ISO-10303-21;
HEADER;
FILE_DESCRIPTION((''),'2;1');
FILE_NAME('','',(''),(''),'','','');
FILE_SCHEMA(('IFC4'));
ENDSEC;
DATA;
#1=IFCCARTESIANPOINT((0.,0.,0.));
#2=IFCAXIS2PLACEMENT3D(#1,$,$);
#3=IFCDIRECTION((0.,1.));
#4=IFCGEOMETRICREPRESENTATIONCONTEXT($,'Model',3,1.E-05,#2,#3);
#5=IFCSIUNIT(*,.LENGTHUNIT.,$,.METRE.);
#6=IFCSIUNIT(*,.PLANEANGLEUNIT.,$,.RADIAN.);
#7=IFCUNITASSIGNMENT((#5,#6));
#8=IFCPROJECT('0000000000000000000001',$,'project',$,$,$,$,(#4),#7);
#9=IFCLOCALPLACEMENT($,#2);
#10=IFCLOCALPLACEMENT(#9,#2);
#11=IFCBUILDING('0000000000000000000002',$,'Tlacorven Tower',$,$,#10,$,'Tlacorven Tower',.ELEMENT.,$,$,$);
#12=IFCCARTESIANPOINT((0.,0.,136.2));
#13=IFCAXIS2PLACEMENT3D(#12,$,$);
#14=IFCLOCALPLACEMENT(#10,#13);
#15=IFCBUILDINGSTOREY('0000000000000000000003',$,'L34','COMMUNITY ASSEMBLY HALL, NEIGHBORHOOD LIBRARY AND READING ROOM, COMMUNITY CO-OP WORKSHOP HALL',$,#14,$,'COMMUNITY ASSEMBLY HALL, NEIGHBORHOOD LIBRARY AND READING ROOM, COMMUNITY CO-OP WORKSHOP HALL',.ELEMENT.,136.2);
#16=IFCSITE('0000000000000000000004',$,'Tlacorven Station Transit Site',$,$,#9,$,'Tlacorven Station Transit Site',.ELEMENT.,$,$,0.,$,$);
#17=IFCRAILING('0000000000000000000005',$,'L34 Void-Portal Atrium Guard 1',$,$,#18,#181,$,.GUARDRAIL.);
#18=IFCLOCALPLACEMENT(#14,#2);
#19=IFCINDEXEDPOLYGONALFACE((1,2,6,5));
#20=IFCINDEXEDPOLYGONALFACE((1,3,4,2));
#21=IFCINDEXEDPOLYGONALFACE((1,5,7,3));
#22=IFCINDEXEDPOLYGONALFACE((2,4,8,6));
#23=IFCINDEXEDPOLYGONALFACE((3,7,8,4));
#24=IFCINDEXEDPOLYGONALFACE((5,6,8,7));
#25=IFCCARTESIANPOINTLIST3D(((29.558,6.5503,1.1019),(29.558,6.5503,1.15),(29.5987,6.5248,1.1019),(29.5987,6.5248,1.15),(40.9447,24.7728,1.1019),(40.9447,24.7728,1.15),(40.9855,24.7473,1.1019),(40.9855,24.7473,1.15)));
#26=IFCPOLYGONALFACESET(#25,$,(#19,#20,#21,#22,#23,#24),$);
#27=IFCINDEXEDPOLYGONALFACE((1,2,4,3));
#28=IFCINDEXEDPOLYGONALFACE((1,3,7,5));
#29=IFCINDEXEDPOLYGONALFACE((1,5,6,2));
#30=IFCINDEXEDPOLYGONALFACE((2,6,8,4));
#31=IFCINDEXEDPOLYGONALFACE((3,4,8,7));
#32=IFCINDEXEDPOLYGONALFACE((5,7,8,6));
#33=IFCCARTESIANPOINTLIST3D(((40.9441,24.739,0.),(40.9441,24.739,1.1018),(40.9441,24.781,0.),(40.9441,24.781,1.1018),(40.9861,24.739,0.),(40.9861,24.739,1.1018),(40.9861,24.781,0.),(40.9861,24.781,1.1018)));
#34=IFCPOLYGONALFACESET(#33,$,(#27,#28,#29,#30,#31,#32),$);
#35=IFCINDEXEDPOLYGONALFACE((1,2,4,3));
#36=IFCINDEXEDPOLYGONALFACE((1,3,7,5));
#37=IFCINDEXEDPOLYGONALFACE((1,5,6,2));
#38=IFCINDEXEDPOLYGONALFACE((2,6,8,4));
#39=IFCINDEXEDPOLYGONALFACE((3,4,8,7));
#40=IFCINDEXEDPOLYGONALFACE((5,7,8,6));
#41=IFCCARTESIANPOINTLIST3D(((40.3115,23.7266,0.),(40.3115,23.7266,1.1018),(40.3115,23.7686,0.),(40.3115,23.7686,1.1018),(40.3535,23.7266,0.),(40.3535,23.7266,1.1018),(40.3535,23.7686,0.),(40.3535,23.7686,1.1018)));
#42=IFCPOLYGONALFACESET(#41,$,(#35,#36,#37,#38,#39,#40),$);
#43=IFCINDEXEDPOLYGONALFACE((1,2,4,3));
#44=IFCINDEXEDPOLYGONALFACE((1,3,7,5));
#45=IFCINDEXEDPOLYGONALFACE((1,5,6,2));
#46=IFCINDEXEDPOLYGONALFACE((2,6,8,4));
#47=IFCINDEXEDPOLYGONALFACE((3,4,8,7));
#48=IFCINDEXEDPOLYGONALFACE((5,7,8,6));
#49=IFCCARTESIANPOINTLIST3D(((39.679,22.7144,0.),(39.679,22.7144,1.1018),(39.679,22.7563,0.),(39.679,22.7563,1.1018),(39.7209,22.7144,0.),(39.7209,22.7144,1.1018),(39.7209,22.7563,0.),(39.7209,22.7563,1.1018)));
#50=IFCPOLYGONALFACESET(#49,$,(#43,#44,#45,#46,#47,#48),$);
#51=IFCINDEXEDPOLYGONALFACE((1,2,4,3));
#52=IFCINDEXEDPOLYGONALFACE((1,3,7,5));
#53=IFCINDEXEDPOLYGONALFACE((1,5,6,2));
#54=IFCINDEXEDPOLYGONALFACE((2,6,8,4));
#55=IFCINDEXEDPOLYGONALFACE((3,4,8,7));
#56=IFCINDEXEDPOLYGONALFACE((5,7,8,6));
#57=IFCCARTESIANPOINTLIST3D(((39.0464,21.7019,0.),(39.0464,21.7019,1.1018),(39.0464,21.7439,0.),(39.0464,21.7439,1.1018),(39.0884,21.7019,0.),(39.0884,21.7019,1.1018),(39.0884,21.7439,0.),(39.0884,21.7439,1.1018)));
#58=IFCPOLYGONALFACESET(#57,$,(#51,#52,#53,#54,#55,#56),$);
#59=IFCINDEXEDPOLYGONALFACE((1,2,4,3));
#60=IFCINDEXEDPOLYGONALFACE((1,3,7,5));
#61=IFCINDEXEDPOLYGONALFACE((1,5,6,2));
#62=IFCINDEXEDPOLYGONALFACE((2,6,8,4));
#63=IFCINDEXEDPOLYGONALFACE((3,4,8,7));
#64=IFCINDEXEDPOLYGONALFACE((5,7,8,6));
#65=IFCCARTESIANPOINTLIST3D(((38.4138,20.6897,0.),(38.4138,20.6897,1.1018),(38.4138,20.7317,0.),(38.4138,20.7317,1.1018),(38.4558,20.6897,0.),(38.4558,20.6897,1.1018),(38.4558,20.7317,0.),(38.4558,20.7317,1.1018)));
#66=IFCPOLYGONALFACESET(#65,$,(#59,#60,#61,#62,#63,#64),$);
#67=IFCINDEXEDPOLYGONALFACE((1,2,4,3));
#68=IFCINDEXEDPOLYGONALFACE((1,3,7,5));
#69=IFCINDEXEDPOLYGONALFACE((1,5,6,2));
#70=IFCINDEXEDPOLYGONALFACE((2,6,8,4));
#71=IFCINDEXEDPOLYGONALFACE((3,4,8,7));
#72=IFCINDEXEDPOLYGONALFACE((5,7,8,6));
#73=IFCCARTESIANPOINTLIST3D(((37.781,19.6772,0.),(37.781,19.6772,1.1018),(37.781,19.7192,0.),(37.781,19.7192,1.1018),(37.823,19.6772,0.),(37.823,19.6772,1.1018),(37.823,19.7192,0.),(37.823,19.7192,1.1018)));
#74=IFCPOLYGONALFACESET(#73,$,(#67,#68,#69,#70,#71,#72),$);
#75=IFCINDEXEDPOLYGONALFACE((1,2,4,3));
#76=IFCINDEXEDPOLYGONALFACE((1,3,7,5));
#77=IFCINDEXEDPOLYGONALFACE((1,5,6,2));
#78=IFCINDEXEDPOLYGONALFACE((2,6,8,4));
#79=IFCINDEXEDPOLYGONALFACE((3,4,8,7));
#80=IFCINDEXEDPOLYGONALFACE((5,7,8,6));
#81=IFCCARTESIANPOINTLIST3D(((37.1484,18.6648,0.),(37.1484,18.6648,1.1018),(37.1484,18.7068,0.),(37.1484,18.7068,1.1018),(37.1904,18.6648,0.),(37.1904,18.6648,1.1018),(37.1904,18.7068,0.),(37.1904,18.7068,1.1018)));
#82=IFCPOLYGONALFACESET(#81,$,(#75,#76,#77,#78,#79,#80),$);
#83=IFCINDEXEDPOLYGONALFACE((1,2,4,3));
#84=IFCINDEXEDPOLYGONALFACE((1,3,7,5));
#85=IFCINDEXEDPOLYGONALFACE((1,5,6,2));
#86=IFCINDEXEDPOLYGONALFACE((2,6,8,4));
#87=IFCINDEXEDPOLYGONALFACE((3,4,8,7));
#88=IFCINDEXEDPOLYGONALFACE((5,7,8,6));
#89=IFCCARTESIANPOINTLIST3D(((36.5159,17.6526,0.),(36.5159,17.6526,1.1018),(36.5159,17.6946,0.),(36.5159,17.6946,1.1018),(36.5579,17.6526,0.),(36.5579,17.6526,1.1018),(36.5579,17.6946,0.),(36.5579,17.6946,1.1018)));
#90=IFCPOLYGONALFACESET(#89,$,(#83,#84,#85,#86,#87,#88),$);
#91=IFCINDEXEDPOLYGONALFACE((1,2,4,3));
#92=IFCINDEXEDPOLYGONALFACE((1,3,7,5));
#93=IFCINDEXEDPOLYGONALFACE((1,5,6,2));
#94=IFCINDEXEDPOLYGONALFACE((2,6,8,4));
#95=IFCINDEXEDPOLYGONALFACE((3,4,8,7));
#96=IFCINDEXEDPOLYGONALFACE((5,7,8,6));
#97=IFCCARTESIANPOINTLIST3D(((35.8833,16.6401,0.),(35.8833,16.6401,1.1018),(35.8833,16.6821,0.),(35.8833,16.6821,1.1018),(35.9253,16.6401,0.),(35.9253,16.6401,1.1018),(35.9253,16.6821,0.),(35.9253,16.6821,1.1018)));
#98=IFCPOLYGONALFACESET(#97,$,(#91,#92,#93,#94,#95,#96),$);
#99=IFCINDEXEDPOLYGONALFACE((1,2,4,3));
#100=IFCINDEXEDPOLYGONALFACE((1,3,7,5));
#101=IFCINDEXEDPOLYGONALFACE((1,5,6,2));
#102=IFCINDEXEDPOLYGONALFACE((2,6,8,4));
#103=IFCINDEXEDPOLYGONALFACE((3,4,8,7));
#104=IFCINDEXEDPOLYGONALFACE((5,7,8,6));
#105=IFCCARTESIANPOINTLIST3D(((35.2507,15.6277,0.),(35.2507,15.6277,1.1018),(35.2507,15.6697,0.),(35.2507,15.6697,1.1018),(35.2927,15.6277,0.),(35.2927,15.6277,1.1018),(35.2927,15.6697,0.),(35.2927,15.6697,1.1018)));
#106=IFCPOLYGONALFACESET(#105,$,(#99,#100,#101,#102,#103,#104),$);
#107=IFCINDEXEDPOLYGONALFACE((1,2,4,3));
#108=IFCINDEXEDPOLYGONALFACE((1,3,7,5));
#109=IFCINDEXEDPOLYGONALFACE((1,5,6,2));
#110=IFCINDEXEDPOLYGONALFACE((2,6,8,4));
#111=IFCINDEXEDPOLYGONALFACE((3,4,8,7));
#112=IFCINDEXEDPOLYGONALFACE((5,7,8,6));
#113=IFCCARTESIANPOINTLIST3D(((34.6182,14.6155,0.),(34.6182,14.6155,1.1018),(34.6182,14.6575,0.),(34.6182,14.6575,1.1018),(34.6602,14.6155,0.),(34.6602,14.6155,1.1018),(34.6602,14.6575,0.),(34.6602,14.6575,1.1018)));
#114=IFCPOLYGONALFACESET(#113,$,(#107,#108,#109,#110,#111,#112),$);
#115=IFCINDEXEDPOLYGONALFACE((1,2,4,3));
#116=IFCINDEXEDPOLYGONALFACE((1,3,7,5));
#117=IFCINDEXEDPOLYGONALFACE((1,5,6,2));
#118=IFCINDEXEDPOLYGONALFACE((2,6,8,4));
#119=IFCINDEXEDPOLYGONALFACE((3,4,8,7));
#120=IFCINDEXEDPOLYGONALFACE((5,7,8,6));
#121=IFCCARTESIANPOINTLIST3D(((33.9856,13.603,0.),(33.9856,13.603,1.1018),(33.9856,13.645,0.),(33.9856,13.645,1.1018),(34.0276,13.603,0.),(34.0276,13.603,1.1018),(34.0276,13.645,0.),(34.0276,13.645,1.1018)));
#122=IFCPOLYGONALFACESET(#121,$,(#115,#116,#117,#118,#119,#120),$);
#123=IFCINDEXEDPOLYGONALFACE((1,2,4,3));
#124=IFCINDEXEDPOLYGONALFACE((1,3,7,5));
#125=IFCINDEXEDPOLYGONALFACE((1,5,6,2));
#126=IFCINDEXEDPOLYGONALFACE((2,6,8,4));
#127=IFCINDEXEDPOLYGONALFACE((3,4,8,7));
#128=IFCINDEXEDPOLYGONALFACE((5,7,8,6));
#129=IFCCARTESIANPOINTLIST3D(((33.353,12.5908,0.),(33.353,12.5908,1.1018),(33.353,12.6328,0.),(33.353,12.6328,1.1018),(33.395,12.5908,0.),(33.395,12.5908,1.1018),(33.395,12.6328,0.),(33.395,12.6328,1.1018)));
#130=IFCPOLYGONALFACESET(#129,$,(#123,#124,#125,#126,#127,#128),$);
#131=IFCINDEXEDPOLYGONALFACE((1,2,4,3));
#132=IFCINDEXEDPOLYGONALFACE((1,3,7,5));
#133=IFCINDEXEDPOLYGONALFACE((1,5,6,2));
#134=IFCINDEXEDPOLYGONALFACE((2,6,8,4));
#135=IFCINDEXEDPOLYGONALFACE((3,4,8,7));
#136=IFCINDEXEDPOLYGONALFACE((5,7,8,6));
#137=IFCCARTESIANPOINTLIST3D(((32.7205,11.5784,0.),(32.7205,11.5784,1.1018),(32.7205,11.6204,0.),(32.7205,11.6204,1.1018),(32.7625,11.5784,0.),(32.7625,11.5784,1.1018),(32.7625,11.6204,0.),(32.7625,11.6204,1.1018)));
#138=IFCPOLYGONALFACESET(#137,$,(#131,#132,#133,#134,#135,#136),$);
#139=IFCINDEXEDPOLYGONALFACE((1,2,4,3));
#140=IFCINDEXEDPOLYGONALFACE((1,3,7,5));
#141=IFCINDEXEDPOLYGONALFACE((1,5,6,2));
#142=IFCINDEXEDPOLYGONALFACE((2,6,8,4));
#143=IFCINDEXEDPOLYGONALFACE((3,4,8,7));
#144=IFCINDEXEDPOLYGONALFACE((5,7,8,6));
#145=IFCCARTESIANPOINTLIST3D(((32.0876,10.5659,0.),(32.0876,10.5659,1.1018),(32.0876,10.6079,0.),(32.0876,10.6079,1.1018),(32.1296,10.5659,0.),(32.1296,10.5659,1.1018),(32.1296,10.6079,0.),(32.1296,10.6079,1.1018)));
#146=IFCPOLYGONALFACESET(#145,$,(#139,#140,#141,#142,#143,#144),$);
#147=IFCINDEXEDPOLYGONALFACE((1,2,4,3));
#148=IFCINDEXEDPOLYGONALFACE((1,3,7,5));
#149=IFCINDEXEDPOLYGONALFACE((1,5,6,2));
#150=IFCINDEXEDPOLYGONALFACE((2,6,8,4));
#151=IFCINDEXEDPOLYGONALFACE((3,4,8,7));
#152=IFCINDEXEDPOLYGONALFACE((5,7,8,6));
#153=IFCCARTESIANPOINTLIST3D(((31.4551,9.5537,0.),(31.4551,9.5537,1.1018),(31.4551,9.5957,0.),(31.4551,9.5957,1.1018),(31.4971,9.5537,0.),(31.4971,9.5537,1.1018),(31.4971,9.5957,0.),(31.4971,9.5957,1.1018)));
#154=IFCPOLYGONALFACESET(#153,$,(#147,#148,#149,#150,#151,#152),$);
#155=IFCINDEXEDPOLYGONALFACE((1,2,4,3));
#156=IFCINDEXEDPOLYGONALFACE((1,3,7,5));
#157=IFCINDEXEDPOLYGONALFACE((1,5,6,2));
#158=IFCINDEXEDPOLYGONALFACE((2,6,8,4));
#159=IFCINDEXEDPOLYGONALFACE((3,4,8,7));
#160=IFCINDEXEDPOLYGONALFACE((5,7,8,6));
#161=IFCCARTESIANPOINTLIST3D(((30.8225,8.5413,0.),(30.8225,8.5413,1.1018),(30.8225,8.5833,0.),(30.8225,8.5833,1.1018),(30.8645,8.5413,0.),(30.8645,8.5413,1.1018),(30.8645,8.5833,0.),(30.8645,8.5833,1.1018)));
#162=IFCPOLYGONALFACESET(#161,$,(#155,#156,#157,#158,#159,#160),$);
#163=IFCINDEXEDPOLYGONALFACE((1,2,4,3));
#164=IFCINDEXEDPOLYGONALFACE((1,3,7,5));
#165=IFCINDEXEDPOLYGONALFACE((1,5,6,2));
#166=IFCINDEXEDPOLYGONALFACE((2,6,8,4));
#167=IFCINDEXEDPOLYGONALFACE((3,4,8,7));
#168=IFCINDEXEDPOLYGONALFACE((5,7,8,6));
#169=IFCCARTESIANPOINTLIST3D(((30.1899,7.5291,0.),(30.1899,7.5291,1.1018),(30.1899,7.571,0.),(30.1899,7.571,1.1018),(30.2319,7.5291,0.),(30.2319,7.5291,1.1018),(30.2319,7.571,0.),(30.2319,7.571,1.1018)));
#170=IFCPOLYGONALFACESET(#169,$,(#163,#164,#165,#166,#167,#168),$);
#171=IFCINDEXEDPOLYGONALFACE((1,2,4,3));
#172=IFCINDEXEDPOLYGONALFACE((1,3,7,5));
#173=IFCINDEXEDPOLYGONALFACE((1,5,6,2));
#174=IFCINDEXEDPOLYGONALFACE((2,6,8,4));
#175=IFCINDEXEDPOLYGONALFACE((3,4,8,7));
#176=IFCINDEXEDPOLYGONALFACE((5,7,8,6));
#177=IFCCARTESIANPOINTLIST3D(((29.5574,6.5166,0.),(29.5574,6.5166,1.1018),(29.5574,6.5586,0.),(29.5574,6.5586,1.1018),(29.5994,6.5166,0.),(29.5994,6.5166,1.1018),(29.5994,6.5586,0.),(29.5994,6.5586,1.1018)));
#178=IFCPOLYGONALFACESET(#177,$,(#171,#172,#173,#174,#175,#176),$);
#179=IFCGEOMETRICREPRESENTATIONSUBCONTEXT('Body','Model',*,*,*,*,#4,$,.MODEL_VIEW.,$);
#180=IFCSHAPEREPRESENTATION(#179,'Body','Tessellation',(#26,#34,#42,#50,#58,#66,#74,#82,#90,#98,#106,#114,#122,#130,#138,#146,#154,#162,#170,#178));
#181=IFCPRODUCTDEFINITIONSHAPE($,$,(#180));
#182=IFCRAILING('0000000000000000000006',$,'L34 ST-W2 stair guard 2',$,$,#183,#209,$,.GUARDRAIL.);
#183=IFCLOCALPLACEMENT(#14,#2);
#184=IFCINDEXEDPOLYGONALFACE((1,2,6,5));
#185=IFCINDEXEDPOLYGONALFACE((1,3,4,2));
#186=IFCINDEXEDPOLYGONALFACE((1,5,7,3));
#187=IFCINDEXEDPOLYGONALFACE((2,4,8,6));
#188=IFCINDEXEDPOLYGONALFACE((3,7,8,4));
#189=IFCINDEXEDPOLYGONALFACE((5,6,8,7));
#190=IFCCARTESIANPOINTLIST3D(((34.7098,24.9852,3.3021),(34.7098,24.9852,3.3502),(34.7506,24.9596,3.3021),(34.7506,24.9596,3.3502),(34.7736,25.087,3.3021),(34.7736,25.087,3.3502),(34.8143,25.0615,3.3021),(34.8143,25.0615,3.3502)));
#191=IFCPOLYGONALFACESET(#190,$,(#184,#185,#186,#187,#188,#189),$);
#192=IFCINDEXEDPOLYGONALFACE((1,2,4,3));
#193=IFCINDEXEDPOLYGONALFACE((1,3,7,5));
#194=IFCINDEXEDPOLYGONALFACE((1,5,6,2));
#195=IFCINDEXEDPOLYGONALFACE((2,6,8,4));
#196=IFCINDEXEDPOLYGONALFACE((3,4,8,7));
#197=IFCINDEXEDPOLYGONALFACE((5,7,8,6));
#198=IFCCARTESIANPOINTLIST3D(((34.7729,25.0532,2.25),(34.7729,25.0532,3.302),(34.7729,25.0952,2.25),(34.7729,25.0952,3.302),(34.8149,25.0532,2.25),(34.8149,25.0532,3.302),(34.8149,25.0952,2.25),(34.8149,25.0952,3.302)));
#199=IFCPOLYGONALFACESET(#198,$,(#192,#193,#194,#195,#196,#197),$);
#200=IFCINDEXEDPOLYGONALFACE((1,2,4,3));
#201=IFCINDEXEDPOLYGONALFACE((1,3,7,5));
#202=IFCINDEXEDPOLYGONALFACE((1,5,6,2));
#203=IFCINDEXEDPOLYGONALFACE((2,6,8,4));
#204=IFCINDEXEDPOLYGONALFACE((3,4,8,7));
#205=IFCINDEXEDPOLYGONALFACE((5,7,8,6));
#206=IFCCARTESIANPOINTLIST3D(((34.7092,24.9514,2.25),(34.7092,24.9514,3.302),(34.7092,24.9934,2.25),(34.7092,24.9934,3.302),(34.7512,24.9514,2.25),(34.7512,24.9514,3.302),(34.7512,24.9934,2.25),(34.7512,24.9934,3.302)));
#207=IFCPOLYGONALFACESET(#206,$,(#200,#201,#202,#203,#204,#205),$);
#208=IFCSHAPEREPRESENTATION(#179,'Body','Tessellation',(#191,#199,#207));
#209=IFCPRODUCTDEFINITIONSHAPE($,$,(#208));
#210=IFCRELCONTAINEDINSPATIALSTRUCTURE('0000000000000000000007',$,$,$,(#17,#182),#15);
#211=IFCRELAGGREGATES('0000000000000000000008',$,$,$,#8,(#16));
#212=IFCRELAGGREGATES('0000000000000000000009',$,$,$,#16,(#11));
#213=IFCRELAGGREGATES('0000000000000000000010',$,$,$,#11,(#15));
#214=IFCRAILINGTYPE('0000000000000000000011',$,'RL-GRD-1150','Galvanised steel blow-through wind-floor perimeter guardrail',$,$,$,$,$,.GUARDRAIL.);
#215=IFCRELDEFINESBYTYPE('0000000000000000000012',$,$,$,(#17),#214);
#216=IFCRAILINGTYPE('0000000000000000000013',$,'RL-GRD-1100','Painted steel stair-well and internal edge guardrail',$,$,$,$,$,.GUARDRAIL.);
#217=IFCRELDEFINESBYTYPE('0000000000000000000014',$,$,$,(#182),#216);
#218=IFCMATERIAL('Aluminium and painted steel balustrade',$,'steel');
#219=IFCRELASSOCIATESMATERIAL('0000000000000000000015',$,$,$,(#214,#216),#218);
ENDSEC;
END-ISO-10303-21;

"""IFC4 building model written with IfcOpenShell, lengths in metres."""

from ifc_helpers import new_model, si_unit, direction, frame, origin, origin_2d, place, context, subcontext, project, spatial, rectangle, extrude, source, transform, mapped, material, type_object, element, save


model = new_model("IFC4")

# Units and contexts
model_context = context("Model", 3, precision=1e-05, world=origin(), true_north=direction((0.0, 1.0)))
body_context = subcontext(model_context, "Body", "Model", "MODEL_VIEW")
ifc_project = project(units=[si_unit("LENGTHUNIT", "METRE"), si_unit("PLANEANGLEUNIT", "RADIAN")], contexts=[model_context])

# Site, building, storey
site_placement = place(None, origin())
site = spatial("IfcSite", under=ifc_project, at=site_placement, Name="Tlacorven Station Transit Site", LongName="Tlacorven Station Transit Site", CompositionType="ELEMENT", RefElevation=0.0)
building_placement = place(site_placement, origin())
building = spatial("IfcBuilding", under=site, at=building_placement, Name="Tlacorven Tower", LongName="Tlacorven Tower", CompositionType="ELEMENT")
storey_placement = place(building_placement, frame((0.0, 0.0, 136.2)))
storey = spatial("IfcBuildingStorey", under=building, at=storey_placement, Name="L34", Description="COMMUNITY ASSEMBLY HALL, NEIGHBORHOOD LIBRARY AND READING ROOM, COMMUNITY CO-OP WORKSHOP HALL", LongName="COMMUNITY ASSEMBLY HALL, NEIGHBORHOOD LIBRARY AND READING ROOM, COMMUNITY CO-OP WORKSHOP HALL", CompositionType="ELEMENT", Elevation=136.2)

# Railings
ifc_material_1 = material(Name="Aluminium and painted steel balustrade", Category="steel")
railing_type_1 = type_object("IfcRailingType", Name="RL-GRD-1150", Description="Galvanised steel blow-through wind-floor perimeter guardrail", PredefinedType="GUARDRAIL", material=ifc_material_1)
shared_shape_1 = source(origin(), body_context, "Body", "SweptSolid", [
    extrude(rectangle(XDim=0.0481, YDim=0.0481, at=origin_2d()), frame((0.0, 0.0, 1.126), z_axis=(-0.529922, -0.848046, 0.0), x_axis=(0.848046, -0.529922, 0.0)), (0.0, 0.0, 1.0), 21.4875),
    extrude(rectangle(XDim=0.042, YDim=0.042, at=origin_2d()), origin(), (0.0, 0.0, 1.0), 1.1018),
    extrude(rectangle(XDim=0.042, YDim=0.042, at=origin_2d()), frame((-0.6326, -1.0125, 0.0)), (0.0, 0.0, 1.0), 1.1018),
    extrude(rectangle(XDim=0.042, YDim=0.042, at=origin_2d()), frame((-1.2651, -2.0247, 0.0)), (0.0, 0.0, 1.0), 1.1018),
    extrude(rectangle(XDim=0.042, YDim=0.042, at=origin_2d()), frame((-1.8977, -3.0371, 0.0)), (0.0, 0.0, 1.0), 1.1018),
    extrude(rectangle(XDim=0.042, YDim=0.042, at=origin_2d()), frame((-2.5303, -4.0493, 0.0)), (0.0, 0.0, 1.0), 1.1018),
    extrude(rectangle(XDim=0.042, YDim=0.042, at=origin_2d()), frame((-3.1631, -5.0618, 0.0)), (0.0, 0.0, 1.0), 1.1018),
    extrude(rectangle(XDim=0.042, YDim=0.042, at=origin_2d()), frame((-3.7957, -6.0742, 0.0)), (0.0, 0.0, 1.0), 1.1018),
    extrude(rectangle(XDim=0.042, YDim=0.042, at=origin_2d()), frame((-4.4282, -7.0864, 0.0)), (0.0, 0.0, 1.0), 1.1018),
    extrude(rectangle(XDim=0.042, YDim=0.042, at=origin_2d()), frame((-5.0608, -8.0989, 0.0)), (0.0, 0.0, 1.0), 1.1018),
    extrude(rectangle(XDim=0.042, YDim=0.042, at=origin_2d()), frame((-5.6934, -9.1113, 0.0)), (0.0, 0.0, 1.0), 1.1018),
    extrude(rectangle(XDim=0.042, YDim=0.042, at=origin_2d()), frame((-6.3259, -10.1235, 0.0)), (0.0, 0.0, 1.0), 1.1018),
    extrude(rectangle(XDim=0.042, YDim=0.042, at=origin_2d()), frame((-6.9585, -11.136, 0.0)), (0.0, 0.0, 1.0), 1.1018),
    extrude(rectangle(XDim=0.042, YDim=0.042, at=origin_2d()), frame((-7.5911, -12.1482, 0.0)), (0.0, 0.0, 1.0), 1.1018),
    extrude(rectangle(XDim=0.042, YDim=0.042, at=origin_2d()), frame((-8.2236, -13.1606, 0.0)), (0.0, 0.0, 1.0), 1.1018),
    extrude(rectangle(XDim=0.042, YDim=0.042, at=origin_2d()), frame((-8.8564, -14.1731, 0.0)), (0.0, 0.0, 1.0), 1.1018),
    extrude(rectangle(XDim=0.042, YDim=0.042, at=origin_2d()), frame((-9.489, -15.1853, 0.0)), (0.0, 0.0, 1.0), 1.1018),
    extrude(rectangle(XDim=0.042, YDim=0.042, at=origin_2d()), frame((-10.1216, -16.1978, 0.0)), (0.0, 0.0, 1.0), 1.1018),
    extrude(rectangle(XDim=0.042, YDim=0.042, at=origin_2d()), frame((-10.7542, -17.21, 0.0)), (0.0, 0.0, 1.0), 1.1018),
    extrude(rectangle(XDim=0.042, YDim=0.042, at=origin_2d()), frame((-11.3867, -18.2224, 0.0)), (0.0, 0.0, 1.0), 1.1018),
])
railing_1_placement = place(storey_placement, frame((40.9651, 24.76, 0.0)))
element("IfcRailing", 1, at=railing_1_placement, inside=storey, type_object=railing_type_1, Name="L34 Void-Portal Atrium Guard 1", PredefinedType="GUARDRAIL", context=body_context, shape_type="MappedRepresentation", body=[
    mapped(shared_shape_1, transform((0.0, 0.0, 0.0), scale=1.0)),
])
railing_type_2 = type_object("IfcRailingType", Name="RL-GRD-1100", Description="Painted steel stair-well and internal edge guardrail", PredefinedType="GUARDRAIL", material=ifc_material_1)
shared_shape_2 = source(origin(), body_context, "Body", "SweptSolid", [
    extrude(rectangle(XDim=0.0481, YDim=0.0481, at=origin_2d()), frame((0.0, 0.0, 1.0762), z_axis=(-0.530547, -0.847656, 0.0), x_axis=(0.847656, -0.530547, 0.0)), (0.0, 0.0, 1.0), 0.1201),
    extrude(rectangle(XDim=0.042, YDim=0.042, at=origin_2d()), origin(), (0.0, 0.0, 1.0), 1.052),
    extrude(rectangle(XDim=0.042, YDim=0.042, at=origin_2d()), frame((-0.0637, -0.1018, 0.0)), (0.0, 0.0, 1.0), 1.052),
])
railing_2_placement = place(storey_placement, frame((34.7939, 25.0742, 2.25)))
element("IfcRailing", 2, at=railing_2_placement, inside=storey, type_object=railing_type_2, Name="L34 ST-W2 stair guard 2", PredefinedType="GUARDRAIL", context=body_context, shape_type="MappedRepresentation", body=[
    mapped(shared_shape_2, transform((0.0, 0.0, 0.0), scale=1.0)),
])

save(model, "model.ifc")
